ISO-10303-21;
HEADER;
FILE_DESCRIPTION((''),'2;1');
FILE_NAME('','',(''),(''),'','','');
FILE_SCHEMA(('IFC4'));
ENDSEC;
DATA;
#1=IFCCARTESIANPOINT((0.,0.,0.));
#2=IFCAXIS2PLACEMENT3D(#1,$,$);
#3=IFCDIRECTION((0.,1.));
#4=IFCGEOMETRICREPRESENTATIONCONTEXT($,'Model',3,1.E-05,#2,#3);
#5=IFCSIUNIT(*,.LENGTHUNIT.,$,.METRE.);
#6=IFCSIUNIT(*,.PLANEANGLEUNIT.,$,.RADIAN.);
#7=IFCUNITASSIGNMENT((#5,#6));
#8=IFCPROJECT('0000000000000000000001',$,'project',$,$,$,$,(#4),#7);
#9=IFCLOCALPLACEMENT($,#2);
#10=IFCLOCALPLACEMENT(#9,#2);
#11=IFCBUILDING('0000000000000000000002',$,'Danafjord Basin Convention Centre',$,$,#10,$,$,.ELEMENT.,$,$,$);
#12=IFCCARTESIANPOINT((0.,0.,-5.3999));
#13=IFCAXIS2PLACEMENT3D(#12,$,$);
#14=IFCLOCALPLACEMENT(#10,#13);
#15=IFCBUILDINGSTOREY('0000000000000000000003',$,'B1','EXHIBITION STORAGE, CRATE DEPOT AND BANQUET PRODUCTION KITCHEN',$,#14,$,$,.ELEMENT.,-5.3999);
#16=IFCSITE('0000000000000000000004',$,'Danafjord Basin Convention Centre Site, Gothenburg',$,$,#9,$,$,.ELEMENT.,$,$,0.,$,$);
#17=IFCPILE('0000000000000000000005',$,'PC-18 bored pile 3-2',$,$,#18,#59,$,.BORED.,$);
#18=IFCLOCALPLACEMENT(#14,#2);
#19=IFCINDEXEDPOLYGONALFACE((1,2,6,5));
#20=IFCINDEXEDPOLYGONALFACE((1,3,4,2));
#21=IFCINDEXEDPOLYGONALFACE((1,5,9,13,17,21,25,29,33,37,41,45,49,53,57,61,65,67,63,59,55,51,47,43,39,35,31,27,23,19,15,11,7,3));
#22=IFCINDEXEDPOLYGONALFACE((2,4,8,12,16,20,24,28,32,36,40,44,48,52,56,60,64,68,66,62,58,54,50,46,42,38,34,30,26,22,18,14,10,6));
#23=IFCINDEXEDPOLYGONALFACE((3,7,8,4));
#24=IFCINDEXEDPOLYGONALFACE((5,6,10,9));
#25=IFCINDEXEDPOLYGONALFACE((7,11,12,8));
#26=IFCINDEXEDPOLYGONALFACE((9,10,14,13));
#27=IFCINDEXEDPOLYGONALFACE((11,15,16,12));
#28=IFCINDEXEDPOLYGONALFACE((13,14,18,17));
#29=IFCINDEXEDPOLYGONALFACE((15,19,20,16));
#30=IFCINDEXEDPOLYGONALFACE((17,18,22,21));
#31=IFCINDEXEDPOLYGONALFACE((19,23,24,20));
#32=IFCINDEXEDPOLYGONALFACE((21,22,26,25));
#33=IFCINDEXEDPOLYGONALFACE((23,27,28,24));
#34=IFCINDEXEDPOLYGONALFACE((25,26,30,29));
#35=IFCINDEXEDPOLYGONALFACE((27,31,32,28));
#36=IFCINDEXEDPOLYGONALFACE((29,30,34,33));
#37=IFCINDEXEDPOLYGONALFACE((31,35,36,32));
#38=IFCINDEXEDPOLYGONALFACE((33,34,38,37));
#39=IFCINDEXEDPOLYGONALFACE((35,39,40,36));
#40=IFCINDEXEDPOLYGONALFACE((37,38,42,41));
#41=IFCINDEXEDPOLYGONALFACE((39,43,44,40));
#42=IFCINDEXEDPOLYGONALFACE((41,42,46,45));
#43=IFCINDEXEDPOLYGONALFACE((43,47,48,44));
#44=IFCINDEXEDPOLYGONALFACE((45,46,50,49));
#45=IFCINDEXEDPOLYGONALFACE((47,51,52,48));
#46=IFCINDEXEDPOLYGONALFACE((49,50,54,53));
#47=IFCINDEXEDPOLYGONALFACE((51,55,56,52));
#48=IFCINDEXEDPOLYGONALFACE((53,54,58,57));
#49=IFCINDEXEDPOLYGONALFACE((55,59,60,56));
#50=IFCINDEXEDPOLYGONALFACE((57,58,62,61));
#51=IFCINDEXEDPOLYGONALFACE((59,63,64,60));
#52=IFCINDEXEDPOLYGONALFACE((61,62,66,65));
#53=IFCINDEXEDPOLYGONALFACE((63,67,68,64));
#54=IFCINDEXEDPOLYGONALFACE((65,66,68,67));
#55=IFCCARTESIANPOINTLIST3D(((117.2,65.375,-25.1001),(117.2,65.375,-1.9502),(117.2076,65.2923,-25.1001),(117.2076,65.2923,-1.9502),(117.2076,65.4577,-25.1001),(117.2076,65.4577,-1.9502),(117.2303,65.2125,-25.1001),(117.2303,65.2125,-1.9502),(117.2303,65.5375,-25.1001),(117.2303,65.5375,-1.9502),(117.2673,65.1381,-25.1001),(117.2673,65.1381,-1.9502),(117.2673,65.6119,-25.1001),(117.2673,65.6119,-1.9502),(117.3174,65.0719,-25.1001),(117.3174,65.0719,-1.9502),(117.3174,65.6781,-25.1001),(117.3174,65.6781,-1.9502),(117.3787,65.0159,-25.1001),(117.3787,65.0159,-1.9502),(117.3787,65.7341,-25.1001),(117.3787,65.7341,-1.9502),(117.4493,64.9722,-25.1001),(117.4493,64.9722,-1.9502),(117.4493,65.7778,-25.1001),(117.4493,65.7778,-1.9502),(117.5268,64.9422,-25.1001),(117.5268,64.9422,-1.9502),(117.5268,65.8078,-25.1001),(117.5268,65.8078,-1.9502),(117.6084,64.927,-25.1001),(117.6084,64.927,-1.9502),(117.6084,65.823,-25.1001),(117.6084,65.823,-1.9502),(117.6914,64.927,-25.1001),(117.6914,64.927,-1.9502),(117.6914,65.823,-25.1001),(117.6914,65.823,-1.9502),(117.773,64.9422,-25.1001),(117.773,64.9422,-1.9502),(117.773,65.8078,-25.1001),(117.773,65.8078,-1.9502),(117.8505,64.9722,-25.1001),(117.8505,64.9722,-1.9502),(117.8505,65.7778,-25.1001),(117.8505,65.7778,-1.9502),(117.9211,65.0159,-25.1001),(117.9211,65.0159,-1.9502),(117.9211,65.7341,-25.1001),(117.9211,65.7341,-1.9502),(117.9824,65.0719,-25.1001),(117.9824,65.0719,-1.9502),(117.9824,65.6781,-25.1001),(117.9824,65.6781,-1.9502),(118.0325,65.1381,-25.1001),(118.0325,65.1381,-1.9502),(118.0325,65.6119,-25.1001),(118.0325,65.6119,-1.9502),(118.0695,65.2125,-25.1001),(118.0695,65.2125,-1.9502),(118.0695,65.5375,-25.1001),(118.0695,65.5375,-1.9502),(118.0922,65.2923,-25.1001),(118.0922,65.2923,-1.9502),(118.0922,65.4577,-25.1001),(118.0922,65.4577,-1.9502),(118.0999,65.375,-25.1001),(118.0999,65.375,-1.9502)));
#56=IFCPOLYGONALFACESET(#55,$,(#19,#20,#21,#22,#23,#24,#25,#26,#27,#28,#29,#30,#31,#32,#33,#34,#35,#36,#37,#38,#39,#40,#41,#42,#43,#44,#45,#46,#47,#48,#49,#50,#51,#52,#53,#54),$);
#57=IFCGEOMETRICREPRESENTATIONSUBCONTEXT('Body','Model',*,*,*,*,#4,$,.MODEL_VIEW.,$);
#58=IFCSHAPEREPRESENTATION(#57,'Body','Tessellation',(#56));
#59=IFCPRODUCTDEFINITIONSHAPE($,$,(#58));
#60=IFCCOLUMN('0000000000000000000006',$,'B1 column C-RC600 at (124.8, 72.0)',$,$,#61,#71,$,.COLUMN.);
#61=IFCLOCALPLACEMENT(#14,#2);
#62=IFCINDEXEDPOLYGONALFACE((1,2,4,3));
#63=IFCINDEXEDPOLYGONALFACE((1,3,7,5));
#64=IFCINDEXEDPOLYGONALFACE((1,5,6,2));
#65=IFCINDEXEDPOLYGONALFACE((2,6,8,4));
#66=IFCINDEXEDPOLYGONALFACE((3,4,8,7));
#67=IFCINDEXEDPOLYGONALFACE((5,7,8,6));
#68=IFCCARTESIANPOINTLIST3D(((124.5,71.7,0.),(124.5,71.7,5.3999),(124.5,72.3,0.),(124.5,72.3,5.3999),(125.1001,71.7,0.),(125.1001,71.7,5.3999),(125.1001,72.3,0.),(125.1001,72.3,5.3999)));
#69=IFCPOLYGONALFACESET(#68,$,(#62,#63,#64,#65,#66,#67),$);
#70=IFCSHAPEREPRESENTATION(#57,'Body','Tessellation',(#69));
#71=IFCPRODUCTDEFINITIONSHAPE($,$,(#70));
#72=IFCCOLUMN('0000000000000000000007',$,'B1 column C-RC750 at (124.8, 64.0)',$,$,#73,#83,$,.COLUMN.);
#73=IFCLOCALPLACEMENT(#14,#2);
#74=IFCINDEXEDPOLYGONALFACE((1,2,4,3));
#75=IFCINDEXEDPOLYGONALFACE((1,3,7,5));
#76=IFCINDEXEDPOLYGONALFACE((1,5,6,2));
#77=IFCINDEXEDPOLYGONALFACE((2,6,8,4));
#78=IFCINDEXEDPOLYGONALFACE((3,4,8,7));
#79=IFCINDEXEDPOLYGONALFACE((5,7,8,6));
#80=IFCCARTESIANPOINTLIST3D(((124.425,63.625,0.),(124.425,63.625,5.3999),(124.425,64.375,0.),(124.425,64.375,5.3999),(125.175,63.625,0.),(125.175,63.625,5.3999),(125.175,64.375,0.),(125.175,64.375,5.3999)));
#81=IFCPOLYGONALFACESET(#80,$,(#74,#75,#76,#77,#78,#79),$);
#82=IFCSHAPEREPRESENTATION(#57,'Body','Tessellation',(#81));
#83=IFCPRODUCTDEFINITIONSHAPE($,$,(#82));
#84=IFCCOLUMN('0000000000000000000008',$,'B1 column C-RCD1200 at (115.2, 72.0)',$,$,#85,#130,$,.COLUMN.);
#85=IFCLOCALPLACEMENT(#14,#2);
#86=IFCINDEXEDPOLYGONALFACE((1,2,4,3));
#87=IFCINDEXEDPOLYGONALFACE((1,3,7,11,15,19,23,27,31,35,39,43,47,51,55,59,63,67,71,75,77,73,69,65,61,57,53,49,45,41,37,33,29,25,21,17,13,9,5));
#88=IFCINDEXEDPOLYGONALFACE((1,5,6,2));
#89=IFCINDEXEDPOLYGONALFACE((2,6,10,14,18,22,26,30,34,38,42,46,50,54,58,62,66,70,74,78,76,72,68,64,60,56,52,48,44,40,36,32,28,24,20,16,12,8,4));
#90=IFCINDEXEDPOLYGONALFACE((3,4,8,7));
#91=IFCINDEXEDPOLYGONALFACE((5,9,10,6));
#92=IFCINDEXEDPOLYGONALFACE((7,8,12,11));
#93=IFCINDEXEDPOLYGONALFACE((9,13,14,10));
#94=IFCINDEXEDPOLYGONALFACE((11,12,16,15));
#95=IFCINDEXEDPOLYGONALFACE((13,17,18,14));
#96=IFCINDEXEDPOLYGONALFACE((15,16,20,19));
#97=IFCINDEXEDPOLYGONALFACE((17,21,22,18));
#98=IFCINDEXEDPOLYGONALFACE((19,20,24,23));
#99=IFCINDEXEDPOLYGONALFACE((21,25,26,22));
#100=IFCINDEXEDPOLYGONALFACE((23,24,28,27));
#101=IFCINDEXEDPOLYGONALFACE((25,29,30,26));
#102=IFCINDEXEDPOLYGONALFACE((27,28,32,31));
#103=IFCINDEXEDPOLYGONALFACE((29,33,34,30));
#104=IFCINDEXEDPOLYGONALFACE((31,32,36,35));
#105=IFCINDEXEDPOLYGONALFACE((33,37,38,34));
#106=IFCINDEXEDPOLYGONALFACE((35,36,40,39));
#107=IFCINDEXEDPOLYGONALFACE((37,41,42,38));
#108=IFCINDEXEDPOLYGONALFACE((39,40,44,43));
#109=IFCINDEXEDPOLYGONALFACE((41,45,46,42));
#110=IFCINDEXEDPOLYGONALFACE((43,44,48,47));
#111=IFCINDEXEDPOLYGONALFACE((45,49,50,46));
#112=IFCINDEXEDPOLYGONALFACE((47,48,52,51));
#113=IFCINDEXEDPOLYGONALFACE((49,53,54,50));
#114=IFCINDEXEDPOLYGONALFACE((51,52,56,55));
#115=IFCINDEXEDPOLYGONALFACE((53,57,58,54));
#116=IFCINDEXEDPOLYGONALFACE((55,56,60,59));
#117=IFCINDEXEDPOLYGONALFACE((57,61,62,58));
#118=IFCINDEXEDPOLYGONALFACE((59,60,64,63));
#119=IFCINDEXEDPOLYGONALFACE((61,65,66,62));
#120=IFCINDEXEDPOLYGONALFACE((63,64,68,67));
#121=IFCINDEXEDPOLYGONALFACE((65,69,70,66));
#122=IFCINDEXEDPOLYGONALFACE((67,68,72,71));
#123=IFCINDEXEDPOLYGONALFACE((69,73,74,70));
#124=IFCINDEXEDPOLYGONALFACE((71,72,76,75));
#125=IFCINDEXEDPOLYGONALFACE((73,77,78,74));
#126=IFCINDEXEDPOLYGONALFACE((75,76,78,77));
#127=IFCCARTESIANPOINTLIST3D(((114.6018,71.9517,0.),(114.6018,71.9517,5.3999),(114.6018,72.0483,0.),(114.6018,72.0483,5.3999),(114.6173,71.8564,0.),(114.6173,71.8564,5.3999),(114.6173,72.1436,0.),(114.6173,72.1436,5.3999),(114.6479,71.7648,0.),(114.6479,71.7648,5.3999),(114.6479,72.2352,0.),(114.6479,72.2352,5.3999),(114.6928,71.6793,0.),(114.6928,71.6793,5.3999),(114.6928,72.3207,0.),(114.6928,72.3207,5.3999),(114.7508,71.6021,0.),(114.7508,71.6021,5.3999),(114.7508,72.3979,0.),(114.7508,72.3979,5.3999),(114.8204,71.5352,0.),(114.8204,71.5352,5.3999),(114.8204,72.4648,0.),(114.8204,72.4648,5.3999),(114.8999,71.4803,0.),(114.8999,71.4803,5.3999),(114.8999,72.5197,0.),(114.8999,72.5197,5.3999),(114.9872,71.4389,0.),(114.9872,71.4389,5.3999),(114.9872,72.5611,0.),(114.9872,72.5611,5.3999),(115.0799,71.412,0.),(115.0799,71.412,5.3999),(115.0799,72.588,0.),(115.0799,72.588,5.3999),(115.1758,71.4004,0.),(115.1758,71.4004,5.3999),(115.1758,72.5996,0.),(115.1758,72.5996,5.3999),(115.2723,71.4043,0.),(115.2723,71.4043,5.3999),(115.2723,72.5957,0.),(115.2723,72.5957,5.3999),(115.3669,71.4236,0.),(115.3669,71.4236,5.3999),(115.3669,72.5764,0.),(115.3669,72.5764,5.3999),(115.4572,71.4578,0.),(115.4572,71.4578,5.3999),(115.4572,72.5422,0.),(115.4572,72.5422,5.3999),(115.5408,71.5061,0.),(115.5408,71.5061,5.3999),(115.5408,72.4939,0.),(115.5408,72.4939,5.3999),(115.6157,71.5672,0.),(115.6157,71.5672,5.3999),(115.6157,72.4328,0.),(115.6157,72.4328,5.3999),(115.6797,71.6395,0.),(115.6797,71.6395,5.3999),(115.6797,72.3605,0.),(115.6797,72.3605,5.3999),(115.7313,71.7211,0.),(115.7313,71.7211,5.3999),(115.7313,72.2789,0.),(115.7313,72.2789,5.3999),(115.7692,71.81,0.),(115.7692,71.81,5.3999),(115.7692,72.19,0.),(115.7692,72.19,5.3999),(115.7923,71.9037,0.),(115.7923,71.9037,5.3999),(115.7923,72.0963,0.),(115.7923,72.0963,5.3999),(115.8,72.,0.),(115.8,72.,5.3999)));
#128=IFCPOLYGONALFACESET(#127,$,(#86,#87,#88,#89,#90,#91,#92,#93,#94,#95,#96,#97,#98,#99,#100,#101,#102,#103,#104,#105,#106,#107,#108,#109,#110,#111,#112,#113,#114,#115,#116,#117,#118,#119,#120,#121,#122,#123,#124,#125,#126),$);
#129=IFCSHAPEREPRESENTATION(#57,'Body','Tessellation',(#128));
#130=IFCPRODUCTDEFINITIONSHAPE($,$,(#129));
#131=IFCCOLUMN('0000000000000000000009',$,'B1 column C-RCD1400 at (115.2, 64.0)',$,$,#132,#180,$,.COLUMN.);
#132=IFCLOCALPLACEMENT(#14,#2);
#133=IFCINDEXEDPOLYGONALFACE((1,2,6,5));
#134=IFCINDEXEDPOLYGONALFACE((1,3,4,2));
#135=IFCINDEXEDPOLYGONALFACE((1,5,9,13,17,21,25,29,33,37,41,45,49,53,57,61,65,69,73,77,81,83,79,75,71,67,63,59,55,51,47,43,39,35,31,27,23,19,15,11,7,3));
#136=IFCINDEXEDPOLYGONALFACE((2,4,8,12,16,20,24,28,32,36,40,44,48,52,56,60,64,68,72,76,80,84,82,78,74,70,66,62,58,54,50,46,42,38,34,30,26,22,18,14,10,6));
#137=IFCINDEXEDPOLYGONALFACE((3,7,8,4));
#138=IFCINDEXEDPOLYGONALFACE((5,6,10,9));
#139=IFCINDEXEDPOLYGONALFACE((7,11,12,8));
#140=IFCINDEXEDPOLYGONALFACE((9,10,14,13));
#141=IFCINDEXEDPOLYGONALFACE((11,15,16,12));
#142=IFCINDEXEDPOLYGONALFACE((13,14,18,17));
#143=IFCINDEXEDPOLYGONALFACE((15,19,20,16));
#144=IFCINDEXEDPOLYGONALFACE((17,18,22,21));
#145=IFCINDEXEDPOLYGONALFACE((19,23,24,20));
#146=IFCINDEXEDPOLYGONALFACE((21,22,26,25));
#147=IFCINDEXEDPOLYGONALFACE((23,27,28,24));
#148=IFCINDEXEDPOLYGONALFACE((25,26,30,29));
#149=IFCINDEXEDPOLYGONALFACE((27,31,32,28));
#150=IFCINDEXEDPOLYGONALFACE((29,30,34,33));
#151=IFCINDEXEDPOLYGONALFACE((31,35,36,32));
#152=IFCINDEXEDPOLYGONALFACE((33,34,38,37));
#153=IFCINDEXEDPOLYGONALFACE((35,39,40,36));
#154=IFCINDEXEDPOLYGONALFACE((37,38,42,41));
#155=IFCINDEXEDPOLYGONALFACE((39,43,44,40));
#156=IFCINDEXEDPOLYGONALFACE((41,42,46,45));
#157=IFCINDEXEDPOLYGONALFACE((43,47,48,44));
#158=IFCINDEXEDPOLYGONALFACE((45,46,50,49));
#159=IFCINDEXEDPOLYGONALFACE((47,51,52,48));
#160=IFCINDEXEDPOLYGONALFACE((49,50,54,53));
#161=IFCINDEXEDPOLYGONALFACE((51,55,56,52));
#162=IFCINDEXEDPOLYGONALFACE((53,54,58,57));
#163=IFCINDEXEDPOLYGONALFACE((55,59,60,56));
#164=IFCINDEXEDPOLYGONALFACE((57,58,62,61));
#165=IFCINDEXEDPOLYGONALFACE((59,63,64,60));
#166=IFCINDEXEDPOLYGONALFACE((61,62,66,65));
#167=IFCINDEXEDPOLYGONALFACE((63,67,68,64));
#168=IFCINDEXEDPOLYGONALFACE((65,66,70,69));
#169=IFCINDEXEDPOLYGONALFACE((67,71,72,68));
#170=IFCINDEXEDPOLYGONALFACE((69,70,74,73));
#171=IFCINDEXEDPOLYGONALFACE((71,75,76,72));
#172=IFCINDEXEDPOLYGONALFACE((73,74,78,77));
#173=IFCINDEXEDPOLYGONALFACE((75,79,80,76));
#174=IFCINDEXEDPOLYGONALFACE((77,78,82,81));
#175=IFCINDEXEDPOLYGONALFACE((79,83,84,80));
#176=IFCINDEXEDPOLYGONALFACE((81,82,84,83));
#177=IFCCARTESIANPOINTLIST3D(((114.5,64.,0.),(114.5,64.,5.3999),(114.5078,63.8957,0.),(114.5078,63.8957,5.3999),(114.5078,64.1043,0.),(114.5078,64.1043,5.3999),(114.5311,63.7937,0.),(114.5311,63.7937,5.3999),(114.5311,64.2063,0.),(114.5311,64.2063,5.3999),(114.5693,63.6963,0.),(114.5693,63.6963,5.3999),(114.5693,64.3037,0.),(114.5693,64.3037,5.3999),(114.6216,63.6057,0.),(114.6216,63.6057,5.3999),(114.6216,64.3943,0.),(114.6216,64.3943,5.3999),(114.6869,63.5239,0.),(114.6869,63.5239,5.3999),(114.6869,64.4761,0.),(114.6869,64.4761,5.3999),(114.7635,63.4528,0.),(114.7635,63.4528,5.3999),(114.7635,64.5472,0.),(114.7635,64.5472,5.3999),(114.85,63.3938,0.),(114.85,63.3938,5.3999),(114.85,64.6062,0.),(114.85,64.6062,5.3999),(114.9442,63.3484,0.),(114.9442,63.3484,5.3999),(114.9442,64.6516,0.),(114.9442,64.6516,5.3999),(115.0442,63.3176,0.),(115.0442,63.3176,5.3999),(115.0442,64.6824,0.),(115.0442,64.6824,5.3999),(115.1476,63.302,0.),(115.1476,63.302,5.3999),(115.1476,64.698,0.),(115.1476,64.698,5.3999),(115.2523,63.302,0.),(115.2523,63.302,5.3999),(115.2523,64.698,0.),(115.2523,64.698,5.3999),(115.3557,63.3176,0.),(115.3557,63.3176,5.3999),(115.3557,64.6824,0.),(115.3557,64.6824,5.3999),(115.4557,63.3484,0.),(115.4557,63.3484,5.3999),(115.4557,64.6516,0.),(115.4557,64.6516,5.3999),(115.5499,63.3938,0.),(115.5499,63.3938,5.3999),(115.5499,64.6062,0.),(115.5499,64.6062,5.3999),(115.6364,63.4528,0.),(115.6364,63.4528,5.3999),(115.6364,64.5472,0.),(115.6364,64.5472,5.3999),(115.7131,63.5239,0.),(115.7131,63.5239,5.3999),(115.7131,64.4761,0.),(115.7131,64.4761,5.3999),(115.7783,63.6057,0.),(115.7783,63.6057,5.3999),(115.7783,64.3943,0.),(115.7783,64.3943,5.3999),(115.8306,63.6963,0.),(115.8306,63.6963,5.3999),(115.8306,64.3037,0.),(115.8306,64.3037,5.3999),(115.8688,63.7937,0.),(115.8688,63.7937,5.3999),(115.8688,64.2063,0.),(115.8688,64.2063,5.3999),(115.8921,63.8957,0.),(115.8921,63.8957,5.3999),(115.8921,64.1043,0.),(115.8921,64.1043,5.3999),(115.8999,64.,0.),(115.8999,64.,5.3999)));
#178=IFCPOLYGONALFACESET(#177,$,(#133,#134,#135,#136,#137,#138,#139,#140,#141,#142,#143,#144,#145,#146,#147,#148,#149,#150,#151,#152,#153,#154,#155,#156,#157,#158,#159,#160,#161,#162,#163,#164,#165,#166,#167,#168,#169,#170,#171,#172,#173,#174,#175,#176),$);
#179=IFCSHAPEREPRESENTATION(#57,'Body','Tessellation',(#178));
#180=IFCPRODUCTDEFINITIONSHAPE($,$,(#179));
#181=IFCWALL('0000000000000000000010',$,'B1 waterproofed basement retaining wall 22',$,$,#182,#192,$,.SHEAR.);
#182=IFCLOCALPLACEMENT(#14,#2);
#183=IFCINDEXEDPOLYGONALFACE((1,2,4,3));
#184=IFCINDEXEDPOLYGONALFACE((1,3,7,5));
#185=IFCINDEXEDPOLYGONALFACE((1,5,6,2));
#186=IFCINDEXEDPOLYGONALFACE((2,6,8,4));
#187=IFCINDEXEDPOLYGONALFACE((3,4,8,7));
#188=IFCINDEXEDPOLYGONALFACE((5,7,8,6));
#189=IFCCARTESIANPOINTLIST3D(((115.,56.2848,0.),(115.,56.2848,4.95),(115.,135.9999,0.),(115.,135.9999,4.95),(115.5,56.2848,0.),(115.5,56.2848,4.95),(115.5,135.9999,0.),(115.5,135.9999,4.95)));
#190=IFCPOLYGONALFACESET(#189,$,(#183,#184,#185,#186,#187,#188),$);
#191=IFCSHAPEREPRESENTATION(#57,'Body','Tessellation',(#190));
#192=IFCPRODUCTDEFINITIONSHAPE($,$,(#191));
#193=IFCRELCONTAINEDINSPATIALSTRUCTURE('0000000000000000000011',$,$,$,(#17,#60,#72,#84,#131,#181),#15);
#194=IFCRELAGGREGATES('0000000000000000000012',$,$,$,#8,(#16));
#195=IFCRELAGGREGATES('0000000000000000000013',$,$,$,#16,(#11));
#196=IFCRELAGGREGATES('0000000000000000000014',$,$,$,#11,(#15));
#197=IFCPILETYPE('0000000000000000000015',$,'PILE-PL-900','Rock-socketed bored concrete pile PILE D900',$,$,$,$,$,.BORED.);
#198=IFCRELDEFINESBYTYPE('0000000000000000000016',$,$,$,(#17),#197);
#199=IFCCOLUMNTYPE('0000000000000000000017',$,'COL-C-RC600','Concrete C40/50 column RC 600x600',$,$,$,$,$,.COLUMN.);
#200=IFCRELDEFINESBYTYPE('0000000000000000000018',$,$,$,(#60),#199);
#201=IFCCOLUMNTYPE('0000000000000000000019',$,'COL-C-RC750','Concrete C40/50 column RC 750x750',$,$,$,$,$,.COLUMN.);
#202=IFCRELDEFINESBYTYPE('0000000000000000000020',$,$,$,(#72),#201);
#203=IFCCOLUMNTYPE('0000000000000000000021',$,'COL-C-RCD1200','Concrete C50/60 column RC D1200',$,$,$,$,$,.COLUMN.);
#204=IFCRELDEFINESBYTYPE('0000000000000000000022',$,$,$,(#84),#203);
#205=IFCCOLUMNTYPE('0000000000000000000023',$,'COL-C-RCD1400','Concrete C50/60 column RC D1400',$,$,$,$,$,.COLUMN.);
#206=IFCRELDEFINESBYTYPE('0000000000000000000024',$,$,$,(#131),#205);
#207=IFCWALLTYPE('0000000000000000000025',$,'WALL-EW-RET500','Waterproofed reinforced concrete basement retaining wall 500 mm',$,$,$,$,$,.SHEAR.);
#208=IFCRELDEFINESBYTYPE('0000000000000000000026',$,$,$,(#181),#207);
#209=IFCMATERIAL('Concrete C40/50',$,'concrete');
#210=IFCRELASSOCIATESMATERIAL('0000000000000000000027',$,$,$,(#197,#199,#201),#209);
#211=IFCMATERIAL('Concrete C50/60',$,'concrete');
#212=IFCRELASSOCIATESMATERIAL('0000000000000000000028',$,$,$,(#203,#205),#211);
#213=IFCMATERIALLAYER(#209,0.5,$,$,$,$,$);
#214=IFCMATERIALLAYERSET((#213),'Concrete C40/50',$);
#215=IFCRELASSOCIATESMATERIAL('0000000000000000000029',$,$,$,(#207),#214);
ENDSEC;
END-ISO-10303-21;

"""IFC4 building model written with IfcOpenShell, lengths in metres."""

from ifc_helpers import new_model, si_unit, direction, frame, frame_2d, origin, origin_2d, place, context, subcontext, project, spatial, rectangle, circle, extrude, material, layer, layer_set, material_profile, profile_set, type_object, element, save


model = new_model("IFC4")

# Units and contexts
model_context = context("Model", 3, precision=1e-05, world=origin(), true_north=direction((0.0, 1.0)))
body_context = subcontext(model_context, "Body", "Model", "MODEL_VIEW")
ifc_project = project(units=[si_unit("LENGTHUNIT", "METRE"), si_unit("PLANEANGLEUNIT", "RADIAN")], contexts=[model_context])

# Site, building, storey
site_placement = place(None, origin())
site = spatial("IfcSite", under=ifc_project, at=site_placement, Name="Danafjord Basin Convention Centre Site, Gothenburg", CompositionType="ELEMENT", RefElevation=0.0)
building_placement = place(site_placement, origin())
building = spatial("IfcBuilding", under=site, at=building_placement, Name="Danafjord Basin Convention Centre", CompositionType="ELEMENT")
storey_placement = place(building_placement, frame((0.0, 0.0, -5.3999)))
storey = spatial("IfcBuildingStorey", under=building, at=storey_placement, Name="B1", Description="EXHIBITION STORAGE, CRATE DEPOT AND BANQUET PRODUCTION KITCHEN", CompositionType="ELEMENT", Elevation=-5.3999)

# Shared definitions
ifc_material_1 = material(Name="Concrete C40/50", Category="concrete")

# Pile
ifc_material_profile_1 = material_profile(ifc_material_1, circle(Radius=0.45, at=origin_2d()), Name="PILE D900")
ifc_profile_set_1 = profile_set([ifc_material_profile_1], Name="Concrete C40/50")
pile_type_1 = type_object("IfcPileType", Name="PILE-PL-900", Description="Rock-socketed bored concrete pile PILE D900", PredefinedType="BORED", material=ifc_profile_set_1)
for number, where, z_axis, x_axis, name in (
    (1, (117.6499, 65.375, -1.9502), (0.0, 0.0, -1.0), (1.0, 0.0, 0.0), "PC-18 bored pile 3-2"),
):
    element("IfcPile", number, at=place(storey_placement, frame(where, z_axis=z_axis, x_axis=x_axis)), inside=storey, type_object=pile_type_1, Name=name, PredefinedType="BORED", context=body_context, shape_type="SweptSolid", body=[
        extrude(circle(Radius=0.45, at=origin_2d()), origin(), (0.0, 0.0, 1.0), 23.1499),
    ])

# Columns
ifc_material_profile_2 = material_profile(ifc_material_1, rectangle(XDim=0.6001, YDim=0.6001, at=origin_2d()), Name="RC 600x600")
ifc_profile_set_2 = profile_set([ifc_material_profile_2], Name="Concrete C40/50")
column_type_1 = type_object("IfcColumnType", Name="COL-C-RC600", Description="Concrete C40/50 column RC 600x600", PredefinedType="COLUMN", material=ifc_profile_set_2)
column_1_placement = place(storey_placement, frame((124.8, 72.0, 0.0), z_axis=(0.0, 0.0, 1.0), x_axis=(1.0, 0.0, 0.0)))
element("IfcColumn", 2, at=column_1_placement, inside=storey, type_object=column_type_1, Name="B1 column C-RC600 at (124.8, 72.0)", PredefinedType="COLUMN", context=body_context, shape_type="SweptSolid", body=[
    extrude(rectangle(XDim=0.6001, YDim=0.6001, at=origin_2d()), origin(), (0.0, 0.0, 1.0), 5.3999),
])
ifc_material_profile_3 = material_profile(ifc_material_1, rectangle(XDim=0.75, YDim=0.75, at=origin_2d()), Name="RC 750x750")
ifc_profile_set_3 = profile_set([ifc_material_profile_3], Name="Concrete C40/50")
column_type_2 = type_object("IfcColumnType", Name="COL-C-RC750", Description="Concrete C40/50 column RC 750x750", PredefinedType="COLUMN", material=ifc_profile_set_3)
column_2_placement = place(storey_placement, frame((124.8, 64.0, 0.0), z_axis=(0.0, 0.0, 1.0), x_axis=(1.0, 0.0, 0.0)))
element("IfcColumn", 3, at=column_2_placement, inside=storey, type_object=column_type_2, Name="B1 column C-RC750 at (124.8, 64.0)", PredefinedType="COLUMN", context=body_context, shape_type="SweptSolid", body=[
    extrude(rectangle(XDim=0.75, YDim=0.75, at=origin_2d()), origin(), (0.0, 0.0, 1.0), 5.3999),
])
ifc_material_2 = material(Name="Concrete C50/60", Category="concrete")
ifc_material_profile_4 = material_profile(ifc_material_2, circle(Radius=0.6001, at=origin_2d()), Name="RC D1200")
ifc_profile_set_4 = profile_set([ifc_material_profile_4], Name="Concrete C50/60")
column_type_3 = type_object("IfcColumnType", Name="COL-C-RCD1200", Description="Concrete C50/60 column RC D1200", PredefinedType="COLUMN", material=ifc_profile_set_4)
column_3_placement = place(storey_placement, frame((115.2, 72.0, 0.0), z_axis=(0.0, 0.0, 1.0), x_axis=(1.0, 0.0, 0.0)))
element("IfcColumn", 4, at=column_3_placement, inside=storey, type_object=column_type_3, Name="B1 column C-RCD1200 at (115.2, 72.0)", PredefinedType="COLUMN", context=body_context, shape_type="SweptSolid", body=[
    extrude(circle(Radius=0.6001, at=origin_2d()), origin(), (0.0, 0.0, 1.0), 5.3999),
])
ifc_material_profile_5 = material_profile(ifc_material_2, circle(Radius=0.7, at=origin_2d()), Name="RC D1400")
ifc_profile_set_5 = profile_set([ifc_material_profile_5], Name="Concrete C50/60")
column_type_4 = type_object("IfcColumnType", Name="COL-C-RCD1400", Description="Concrete C50/60 column RC D1400", PredefinedType="COLUMN", material=ifc_profile_set_5)
column_4_placement = place(storey_placement, frame((115.2, 64.0, 0.0), z_axis=(0.0, 0.0, 1.0), x_axis=(1.0, 0.0, 0.0)))
element("IfcColumn", 5, at=column_4_placement, inside=storey, type_object=column_type_4, Name="B1 column C-RCD1400 at (115.2, 64.0)", PredefinedType="COLUMN", context=body_context, shape_type="SweptSolid", body=[
    extrude(circle(Radius=0.7, at=origin_2d()), origin(), (0.0, 0.0, 1.0), 5.3999),
])

# Wall
ifc_layer_1 = layer(ifc_material_1, 0.5)
ifc_layer_set_1 = layer_set([ifc_layer_1], Name="Concrete C40/50")
wall_type_1 = type_object("IfcWallType", Name="WALL-EW-RET500", Description="Waterproofed reinforced concrete basement retaining wall 500 mm", PredefinedType="SHEAR", material=ifc_layer_set_1)
wall_1_placement = place(storey_placement, frame((115.25, 56.2849, 0.0), z_axis=(0.0, 0.0, 1.0), x_axis=(0.0, 1.0, 0.0)))
element("IfcWall", 6, at=wall_1_placement, inside=storey, type_object=wall_type_1, Name="B1 waterproofed basement retaining wall 22", PredefinedType="SHEAR", context=body_context, shape_type="SweptSolid", body=[
    extrude(rectangle(XDim=79.7151, YDim=0.5, at=frame_2d((39.8574, 0.0))), origin(), (0.0, 0.0, 1.0), 4.95),
])

save(model, "model.ifc")
